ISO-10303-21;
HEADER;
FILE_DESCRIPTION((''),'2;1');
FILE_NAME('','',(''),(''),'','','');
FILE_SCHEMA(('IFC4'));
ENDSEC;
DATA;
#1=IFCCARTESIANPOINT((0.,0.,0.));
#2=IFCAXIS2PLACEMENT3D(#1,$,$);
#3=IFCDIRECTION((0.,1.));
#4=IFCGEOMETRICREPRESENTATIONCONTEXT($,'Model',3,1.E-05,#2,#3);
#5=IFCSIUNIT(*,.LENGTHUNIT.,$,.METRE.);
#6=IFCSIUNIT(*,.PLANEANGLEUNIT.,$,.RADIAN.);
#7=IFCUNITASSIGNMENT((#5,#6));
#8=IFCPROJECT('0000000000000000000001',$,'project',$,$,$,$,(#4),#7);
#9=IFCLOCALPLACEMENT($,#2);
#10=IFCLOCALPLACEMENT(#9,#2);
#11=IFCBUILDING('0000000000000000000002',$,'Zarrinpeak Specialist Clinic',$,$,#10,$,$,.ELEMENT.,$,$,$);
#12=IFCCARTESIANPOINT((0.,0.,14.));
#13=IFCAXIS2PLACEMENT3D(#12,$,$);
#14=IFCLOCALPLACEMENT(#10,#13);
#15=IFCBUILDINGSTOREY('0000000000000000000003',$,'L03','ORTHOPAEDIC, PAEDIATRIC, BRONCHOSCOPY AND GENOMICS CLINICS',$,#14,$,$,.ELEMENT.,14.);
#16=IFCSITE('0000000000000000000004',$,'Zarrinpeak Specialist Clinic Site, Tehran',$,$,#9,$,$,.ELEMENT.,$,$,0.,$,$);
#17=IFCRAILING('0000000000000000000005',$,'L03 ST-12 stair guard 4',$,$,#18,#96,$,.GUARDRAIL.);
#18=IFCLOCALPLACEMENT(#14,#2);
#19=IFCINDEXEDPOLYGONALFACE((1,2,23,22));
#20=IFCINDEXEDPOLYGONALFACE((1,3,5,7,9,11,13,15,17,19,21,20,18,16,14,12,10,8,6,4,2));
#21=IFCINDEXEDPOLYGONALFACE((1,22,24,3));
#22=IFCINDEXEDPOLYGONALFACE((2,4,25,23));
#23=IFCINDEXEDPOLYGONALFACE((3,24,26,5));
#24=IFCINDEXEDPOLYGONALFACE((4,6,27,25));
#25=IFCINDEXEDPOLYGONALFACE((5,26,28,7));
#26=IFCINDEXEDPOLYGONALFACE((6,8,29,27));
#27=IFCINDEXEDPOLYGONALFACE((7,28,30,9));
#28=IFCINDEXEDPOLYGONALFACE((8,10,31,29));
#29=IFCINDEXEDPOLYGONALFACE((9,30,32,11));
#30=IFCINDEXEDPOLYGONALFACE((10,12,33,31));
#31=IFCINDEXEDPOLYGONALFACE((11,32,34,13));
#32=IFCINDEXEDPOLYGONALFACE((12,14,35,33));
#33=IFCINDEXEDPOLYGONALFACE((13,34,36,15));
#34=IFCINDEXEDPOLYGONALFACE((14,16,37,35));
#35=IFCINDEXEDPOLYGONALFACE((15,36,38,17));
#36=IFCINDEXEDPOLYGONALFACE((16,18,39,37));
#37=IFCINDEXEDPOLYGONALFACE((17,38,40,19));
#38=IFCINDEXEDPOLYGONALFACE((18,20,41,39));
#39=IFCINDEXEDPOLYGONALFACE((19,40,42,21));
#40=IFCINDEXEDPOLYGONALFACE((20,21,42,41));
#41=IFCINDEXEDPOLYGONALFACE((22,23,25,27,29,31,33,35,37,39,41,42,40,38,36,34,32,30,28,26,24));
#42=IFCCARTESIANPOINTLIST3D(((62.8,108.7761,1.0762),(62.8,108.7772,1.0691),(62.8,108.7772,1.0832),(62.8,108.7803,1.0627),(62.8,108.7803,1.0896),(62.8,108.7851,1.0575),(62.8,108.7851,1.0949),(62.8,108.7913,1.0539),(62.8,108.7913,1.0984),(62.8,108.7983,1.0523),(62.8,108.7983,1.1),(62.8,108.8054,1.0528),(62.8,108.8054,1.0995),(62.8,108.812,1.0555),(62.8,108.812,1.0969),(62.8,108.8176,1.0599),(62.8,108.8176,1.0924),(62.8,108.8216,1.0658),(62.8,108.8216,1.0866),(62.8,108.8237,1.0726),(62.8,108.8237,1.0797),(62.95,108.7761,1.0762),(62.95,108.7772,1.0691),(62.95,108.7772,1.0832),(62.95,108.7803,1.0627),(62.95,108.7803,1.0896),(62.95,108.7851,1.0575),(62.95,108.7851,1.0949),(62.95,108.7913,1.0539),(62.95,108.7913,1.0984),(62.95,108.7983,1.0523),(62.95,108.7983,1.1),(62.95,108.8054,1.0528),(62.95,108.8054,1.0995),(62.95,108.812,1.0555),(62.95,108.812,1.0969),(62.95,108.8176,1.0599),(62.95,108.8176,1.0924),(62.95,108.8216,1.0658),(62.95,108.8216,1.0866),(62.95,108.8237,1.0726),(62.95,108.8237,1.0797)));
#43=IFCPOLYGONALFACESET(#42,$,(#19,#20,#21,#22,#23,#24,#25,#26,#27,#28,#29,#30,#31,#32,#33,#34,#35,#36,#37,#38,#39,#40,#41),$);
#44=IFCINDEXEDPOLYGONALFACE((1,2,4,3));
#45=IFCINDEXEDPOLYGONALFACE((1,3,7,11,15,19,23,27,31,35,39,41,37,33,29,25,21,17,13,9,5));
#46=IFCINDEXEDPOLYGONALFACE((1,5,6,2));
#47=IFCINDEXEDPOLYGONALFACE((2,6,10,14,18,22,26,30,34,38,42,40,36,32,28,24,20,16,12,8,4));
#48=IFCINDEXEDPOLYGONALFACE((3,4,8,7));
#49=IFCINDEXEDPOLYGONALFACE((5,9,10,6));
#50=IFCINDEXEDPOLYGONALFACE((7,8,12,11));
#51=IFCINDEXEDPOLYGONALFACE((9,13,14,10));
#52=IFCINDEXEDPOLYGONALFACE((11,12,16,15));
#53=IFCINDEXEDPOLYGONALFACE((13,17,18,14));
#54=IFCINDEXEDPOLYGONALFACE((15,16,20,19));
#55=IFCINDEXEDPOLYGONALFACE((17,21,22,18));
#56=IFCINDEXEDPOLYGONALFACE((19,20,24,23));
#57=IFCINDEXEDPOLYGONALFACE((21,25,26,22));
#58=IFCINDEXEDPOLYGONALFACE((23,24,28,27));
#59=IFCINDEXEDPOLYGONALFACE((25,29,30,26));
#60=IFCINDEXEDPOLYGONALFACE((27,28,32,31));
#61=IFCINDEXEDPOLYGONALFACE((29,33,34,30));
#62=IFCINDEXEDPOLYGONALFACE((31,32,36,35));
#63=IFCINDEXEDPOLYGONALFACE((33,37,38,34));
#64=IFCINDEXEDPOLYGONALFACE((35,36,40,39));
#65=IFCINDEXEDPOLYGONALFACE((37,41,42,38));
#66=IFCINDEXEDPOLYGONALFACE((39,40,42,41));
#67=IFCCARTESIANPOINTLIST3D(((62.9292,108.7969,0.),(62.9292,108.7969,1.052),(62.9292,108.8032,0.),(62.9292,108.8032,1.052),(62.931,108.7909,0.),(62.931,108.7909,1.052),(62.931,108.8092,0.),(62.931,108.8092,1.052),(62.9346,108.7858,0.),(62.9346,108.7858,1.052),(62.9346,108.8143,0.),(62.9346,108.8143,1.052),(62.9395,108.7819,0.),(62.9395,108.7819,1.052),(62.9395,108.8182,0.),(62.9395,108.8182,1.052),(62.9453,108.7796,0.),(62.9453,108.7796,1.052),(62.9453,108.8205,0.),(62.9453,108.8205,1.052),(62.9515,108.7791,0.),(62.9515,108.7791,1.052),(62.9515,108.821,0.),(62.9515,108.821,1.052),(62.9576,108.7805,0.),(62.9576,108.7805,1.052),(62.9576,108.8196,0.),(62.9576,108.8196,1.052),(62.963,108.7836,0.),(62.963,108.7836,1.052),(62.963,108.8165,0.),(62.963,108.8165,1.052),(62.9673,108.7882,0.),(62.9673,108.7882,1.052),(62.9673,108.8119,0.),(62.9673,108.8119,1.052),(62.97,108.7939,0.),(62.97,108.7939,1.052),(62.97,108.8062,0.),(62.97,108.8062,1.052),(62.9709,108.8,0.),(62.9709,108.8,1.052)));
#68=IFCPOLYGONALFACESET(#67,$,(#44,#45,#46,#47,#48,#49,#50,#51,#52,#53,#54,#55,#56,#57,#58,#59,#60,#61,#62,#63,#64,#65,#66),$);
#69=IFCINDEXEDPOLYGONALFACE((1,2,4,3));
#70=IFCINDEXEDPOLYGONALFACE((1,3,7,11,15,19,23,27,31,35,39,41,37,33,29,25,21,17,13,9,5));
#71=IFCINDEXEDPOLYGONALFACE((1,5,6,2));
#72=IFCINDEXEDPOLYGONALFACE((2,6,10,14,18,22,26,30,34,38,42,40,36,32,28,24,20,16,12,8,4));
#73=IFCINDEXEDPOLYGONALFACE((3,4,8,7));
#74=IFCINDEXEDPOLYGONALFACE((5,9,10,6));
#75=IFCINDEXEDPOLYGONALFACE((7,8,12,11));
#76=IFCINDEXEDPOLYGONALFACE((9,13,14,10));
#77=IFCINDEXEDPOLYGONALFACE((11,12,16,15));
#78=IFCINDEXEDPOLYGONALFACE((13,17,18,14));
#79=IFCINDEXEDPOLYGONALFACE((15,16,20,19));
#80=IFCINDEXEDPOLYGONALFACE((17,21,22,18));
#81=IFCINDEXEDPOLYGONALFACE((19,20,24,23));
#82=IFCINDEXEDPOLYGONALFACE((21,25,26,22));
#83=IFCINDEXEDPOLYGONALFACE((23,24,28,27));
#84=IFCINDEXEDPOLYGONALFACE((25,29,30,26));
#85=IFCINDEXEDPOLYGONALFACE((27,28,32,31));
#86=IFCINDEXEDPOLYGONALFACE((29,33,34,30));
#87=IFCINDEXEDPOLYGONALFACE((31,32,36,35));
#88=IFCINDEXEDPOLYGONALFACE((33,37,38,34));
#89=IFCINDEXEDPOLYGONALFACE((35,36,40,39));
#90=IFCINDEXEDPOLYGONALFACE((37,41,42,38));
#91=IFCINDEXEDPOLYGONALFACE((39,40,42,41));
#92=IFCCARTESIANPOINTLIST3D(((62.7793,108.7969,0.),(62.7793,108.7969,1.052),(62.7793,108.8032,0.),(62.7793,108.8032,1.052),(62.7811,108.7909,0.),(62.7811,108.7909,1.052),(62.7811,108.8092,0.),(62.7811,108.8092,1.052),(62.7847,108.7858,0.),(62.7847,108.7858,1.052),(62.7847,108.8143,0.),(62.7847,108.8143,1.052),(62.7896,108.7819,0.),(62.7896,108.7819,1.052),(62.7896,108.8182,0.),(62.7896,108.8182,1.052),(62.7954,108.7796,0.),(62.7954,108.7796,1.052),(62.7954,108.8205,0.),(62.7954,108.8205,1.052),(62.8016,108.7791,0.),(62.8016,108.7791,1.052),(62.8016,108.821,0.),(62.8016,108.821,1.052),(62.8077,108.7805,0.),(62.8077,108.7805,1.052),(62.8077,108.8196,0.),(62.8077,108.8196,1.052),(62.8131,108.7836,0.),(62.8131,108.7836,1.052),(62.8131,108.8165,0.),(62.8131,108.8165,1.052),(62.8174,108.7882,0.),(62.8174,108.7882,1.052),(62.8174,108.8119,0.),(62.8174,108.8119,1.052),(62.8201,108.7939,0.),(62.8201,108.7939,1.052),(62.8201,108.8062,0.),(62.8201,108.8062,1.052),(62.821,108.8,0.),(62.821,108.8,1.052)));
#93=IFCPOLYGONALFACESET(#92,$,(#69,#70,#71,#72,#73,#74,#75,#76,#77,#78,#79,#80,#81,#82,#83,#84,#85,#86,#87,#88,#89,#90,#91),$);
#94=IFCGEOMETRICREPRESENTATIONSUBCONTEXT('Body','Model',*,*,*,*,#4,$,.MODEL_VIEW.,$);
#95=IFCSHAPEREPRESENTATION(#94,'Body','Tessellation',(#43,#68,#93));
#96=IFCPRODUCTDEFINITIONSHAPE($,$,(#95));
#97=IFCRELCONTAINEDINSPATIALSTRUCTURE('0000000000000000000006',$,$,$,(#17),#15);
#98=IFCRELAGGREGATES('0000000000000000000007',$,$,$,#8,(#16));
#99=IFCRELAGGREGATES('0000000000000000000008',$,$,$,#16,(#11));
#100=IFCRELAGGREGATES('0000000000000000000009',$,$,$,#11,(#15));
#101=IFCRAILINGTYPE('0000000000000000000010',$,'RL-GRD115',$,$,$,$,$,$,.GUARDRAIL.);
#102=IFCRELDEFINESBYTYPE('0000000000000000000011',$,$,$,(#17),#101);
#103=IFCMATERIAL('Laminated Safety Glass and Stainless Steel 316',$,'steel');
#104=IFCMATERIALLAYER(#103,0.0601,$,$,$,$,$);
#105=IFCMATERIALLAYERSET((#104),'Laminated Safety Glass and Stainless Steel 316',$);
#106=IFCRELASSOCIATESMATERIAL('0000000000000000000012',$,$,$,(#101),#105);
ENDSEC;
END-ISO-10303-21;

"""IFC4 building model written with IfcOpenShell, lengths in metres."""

from ifc_helpers import new_model, si_unit, direction, frame, origin, origin_2d, place, context, subcontext, project, spatial, circle, extrude, material, layer, layer_set, type_object, element, save


model = new_model("IFC4")

# Units and contexts
model_context = context("Model", 3, precision=1e-05, world=origin(), true_north=direction((0.0, 1.0)))
body_context = subcontext(model_context, "Body", "Model", "MODEL_VIEW")
ifc_project = project(units=[si_unit("LENGTHUNIT", "METRE"), si_unit("PLANEANGLEUNIT", "RADIAN")], contexts=[model_context])

# Site, building, storey
site_placement = place(None, origin())
site = spatial("IfcSite", under=ifc_project, at=site_placement, Name="Zarrinpeak Specialist Clinic Site, Tehran", CompositionType="ELEMENT", RefElevation=0.0)
building_placement = place(site_placement, origin())
building = spatial("IfcBuilding", under=site, at=building_placement, Name="Zarrinpeak Specialist Clinic", CompositionType="ELEMENT")
storey_placement = place(building_placement, frame((0.0, 0.0, 14.0)))
storey = spatial("IfcBuildingStorey", under=building, at=storey_placement, Name="L03", Description="ORTHOPAEDIC, PAEDIATRIC, BRONCHOSCOPY AND GENOMICS CLINICS", CompositionType="ELEMENT", Elevation=14.0)

# Railing
ifc_material_1 = material(Name="Laminated Safety Glass and Stainless Steel 316", Category="steel")
ifc_layer_1 = layer(ifc_material_1, 0.0601)
ifc_layer_set_1 = layer_set([ifc_layer_1], Name="Laminated Safety Glass and Stainless Steel 316")
railing_type_1 = type_object("IfcRailingType", Name="RL-GRD115", PredefinedType="GUARDRAIL", material=ifc_layer_set_1)
railing_1_placement = place(storey_placement, frame((62.95, 108.8, 0.0)))
element("IfcRailing", 1, at=railing_1_placement, inside=storey, type_object=railing_type_1, Name="L03 ST-12 stair guard 4", PredefinedType="GUARDRAIL", context=body_context, shape_type="SweptSolid", body=[
    extrude(circle(Radius=0.0239, at=origin_2d()), frame((0.0, 0.0, 1.0762), z_axis=(-1.0, 0.0, 0.0), x_axis=(0.0, -1.0, 0.0)), (0.0, 0.0, 1.0), 0.1499),
    extrude(circle(Radius=0.021, at=origin_2d()), origin(), (0.0, 0.0, 1.0), 1.052),
    extrude(circle(Radius=0.021, at=origin_2d()), frame((-0.1499, 0.0, 0.0)), (0.0, 0.0, 1.0), 1.052),
])

save(model, "model.ifc")
